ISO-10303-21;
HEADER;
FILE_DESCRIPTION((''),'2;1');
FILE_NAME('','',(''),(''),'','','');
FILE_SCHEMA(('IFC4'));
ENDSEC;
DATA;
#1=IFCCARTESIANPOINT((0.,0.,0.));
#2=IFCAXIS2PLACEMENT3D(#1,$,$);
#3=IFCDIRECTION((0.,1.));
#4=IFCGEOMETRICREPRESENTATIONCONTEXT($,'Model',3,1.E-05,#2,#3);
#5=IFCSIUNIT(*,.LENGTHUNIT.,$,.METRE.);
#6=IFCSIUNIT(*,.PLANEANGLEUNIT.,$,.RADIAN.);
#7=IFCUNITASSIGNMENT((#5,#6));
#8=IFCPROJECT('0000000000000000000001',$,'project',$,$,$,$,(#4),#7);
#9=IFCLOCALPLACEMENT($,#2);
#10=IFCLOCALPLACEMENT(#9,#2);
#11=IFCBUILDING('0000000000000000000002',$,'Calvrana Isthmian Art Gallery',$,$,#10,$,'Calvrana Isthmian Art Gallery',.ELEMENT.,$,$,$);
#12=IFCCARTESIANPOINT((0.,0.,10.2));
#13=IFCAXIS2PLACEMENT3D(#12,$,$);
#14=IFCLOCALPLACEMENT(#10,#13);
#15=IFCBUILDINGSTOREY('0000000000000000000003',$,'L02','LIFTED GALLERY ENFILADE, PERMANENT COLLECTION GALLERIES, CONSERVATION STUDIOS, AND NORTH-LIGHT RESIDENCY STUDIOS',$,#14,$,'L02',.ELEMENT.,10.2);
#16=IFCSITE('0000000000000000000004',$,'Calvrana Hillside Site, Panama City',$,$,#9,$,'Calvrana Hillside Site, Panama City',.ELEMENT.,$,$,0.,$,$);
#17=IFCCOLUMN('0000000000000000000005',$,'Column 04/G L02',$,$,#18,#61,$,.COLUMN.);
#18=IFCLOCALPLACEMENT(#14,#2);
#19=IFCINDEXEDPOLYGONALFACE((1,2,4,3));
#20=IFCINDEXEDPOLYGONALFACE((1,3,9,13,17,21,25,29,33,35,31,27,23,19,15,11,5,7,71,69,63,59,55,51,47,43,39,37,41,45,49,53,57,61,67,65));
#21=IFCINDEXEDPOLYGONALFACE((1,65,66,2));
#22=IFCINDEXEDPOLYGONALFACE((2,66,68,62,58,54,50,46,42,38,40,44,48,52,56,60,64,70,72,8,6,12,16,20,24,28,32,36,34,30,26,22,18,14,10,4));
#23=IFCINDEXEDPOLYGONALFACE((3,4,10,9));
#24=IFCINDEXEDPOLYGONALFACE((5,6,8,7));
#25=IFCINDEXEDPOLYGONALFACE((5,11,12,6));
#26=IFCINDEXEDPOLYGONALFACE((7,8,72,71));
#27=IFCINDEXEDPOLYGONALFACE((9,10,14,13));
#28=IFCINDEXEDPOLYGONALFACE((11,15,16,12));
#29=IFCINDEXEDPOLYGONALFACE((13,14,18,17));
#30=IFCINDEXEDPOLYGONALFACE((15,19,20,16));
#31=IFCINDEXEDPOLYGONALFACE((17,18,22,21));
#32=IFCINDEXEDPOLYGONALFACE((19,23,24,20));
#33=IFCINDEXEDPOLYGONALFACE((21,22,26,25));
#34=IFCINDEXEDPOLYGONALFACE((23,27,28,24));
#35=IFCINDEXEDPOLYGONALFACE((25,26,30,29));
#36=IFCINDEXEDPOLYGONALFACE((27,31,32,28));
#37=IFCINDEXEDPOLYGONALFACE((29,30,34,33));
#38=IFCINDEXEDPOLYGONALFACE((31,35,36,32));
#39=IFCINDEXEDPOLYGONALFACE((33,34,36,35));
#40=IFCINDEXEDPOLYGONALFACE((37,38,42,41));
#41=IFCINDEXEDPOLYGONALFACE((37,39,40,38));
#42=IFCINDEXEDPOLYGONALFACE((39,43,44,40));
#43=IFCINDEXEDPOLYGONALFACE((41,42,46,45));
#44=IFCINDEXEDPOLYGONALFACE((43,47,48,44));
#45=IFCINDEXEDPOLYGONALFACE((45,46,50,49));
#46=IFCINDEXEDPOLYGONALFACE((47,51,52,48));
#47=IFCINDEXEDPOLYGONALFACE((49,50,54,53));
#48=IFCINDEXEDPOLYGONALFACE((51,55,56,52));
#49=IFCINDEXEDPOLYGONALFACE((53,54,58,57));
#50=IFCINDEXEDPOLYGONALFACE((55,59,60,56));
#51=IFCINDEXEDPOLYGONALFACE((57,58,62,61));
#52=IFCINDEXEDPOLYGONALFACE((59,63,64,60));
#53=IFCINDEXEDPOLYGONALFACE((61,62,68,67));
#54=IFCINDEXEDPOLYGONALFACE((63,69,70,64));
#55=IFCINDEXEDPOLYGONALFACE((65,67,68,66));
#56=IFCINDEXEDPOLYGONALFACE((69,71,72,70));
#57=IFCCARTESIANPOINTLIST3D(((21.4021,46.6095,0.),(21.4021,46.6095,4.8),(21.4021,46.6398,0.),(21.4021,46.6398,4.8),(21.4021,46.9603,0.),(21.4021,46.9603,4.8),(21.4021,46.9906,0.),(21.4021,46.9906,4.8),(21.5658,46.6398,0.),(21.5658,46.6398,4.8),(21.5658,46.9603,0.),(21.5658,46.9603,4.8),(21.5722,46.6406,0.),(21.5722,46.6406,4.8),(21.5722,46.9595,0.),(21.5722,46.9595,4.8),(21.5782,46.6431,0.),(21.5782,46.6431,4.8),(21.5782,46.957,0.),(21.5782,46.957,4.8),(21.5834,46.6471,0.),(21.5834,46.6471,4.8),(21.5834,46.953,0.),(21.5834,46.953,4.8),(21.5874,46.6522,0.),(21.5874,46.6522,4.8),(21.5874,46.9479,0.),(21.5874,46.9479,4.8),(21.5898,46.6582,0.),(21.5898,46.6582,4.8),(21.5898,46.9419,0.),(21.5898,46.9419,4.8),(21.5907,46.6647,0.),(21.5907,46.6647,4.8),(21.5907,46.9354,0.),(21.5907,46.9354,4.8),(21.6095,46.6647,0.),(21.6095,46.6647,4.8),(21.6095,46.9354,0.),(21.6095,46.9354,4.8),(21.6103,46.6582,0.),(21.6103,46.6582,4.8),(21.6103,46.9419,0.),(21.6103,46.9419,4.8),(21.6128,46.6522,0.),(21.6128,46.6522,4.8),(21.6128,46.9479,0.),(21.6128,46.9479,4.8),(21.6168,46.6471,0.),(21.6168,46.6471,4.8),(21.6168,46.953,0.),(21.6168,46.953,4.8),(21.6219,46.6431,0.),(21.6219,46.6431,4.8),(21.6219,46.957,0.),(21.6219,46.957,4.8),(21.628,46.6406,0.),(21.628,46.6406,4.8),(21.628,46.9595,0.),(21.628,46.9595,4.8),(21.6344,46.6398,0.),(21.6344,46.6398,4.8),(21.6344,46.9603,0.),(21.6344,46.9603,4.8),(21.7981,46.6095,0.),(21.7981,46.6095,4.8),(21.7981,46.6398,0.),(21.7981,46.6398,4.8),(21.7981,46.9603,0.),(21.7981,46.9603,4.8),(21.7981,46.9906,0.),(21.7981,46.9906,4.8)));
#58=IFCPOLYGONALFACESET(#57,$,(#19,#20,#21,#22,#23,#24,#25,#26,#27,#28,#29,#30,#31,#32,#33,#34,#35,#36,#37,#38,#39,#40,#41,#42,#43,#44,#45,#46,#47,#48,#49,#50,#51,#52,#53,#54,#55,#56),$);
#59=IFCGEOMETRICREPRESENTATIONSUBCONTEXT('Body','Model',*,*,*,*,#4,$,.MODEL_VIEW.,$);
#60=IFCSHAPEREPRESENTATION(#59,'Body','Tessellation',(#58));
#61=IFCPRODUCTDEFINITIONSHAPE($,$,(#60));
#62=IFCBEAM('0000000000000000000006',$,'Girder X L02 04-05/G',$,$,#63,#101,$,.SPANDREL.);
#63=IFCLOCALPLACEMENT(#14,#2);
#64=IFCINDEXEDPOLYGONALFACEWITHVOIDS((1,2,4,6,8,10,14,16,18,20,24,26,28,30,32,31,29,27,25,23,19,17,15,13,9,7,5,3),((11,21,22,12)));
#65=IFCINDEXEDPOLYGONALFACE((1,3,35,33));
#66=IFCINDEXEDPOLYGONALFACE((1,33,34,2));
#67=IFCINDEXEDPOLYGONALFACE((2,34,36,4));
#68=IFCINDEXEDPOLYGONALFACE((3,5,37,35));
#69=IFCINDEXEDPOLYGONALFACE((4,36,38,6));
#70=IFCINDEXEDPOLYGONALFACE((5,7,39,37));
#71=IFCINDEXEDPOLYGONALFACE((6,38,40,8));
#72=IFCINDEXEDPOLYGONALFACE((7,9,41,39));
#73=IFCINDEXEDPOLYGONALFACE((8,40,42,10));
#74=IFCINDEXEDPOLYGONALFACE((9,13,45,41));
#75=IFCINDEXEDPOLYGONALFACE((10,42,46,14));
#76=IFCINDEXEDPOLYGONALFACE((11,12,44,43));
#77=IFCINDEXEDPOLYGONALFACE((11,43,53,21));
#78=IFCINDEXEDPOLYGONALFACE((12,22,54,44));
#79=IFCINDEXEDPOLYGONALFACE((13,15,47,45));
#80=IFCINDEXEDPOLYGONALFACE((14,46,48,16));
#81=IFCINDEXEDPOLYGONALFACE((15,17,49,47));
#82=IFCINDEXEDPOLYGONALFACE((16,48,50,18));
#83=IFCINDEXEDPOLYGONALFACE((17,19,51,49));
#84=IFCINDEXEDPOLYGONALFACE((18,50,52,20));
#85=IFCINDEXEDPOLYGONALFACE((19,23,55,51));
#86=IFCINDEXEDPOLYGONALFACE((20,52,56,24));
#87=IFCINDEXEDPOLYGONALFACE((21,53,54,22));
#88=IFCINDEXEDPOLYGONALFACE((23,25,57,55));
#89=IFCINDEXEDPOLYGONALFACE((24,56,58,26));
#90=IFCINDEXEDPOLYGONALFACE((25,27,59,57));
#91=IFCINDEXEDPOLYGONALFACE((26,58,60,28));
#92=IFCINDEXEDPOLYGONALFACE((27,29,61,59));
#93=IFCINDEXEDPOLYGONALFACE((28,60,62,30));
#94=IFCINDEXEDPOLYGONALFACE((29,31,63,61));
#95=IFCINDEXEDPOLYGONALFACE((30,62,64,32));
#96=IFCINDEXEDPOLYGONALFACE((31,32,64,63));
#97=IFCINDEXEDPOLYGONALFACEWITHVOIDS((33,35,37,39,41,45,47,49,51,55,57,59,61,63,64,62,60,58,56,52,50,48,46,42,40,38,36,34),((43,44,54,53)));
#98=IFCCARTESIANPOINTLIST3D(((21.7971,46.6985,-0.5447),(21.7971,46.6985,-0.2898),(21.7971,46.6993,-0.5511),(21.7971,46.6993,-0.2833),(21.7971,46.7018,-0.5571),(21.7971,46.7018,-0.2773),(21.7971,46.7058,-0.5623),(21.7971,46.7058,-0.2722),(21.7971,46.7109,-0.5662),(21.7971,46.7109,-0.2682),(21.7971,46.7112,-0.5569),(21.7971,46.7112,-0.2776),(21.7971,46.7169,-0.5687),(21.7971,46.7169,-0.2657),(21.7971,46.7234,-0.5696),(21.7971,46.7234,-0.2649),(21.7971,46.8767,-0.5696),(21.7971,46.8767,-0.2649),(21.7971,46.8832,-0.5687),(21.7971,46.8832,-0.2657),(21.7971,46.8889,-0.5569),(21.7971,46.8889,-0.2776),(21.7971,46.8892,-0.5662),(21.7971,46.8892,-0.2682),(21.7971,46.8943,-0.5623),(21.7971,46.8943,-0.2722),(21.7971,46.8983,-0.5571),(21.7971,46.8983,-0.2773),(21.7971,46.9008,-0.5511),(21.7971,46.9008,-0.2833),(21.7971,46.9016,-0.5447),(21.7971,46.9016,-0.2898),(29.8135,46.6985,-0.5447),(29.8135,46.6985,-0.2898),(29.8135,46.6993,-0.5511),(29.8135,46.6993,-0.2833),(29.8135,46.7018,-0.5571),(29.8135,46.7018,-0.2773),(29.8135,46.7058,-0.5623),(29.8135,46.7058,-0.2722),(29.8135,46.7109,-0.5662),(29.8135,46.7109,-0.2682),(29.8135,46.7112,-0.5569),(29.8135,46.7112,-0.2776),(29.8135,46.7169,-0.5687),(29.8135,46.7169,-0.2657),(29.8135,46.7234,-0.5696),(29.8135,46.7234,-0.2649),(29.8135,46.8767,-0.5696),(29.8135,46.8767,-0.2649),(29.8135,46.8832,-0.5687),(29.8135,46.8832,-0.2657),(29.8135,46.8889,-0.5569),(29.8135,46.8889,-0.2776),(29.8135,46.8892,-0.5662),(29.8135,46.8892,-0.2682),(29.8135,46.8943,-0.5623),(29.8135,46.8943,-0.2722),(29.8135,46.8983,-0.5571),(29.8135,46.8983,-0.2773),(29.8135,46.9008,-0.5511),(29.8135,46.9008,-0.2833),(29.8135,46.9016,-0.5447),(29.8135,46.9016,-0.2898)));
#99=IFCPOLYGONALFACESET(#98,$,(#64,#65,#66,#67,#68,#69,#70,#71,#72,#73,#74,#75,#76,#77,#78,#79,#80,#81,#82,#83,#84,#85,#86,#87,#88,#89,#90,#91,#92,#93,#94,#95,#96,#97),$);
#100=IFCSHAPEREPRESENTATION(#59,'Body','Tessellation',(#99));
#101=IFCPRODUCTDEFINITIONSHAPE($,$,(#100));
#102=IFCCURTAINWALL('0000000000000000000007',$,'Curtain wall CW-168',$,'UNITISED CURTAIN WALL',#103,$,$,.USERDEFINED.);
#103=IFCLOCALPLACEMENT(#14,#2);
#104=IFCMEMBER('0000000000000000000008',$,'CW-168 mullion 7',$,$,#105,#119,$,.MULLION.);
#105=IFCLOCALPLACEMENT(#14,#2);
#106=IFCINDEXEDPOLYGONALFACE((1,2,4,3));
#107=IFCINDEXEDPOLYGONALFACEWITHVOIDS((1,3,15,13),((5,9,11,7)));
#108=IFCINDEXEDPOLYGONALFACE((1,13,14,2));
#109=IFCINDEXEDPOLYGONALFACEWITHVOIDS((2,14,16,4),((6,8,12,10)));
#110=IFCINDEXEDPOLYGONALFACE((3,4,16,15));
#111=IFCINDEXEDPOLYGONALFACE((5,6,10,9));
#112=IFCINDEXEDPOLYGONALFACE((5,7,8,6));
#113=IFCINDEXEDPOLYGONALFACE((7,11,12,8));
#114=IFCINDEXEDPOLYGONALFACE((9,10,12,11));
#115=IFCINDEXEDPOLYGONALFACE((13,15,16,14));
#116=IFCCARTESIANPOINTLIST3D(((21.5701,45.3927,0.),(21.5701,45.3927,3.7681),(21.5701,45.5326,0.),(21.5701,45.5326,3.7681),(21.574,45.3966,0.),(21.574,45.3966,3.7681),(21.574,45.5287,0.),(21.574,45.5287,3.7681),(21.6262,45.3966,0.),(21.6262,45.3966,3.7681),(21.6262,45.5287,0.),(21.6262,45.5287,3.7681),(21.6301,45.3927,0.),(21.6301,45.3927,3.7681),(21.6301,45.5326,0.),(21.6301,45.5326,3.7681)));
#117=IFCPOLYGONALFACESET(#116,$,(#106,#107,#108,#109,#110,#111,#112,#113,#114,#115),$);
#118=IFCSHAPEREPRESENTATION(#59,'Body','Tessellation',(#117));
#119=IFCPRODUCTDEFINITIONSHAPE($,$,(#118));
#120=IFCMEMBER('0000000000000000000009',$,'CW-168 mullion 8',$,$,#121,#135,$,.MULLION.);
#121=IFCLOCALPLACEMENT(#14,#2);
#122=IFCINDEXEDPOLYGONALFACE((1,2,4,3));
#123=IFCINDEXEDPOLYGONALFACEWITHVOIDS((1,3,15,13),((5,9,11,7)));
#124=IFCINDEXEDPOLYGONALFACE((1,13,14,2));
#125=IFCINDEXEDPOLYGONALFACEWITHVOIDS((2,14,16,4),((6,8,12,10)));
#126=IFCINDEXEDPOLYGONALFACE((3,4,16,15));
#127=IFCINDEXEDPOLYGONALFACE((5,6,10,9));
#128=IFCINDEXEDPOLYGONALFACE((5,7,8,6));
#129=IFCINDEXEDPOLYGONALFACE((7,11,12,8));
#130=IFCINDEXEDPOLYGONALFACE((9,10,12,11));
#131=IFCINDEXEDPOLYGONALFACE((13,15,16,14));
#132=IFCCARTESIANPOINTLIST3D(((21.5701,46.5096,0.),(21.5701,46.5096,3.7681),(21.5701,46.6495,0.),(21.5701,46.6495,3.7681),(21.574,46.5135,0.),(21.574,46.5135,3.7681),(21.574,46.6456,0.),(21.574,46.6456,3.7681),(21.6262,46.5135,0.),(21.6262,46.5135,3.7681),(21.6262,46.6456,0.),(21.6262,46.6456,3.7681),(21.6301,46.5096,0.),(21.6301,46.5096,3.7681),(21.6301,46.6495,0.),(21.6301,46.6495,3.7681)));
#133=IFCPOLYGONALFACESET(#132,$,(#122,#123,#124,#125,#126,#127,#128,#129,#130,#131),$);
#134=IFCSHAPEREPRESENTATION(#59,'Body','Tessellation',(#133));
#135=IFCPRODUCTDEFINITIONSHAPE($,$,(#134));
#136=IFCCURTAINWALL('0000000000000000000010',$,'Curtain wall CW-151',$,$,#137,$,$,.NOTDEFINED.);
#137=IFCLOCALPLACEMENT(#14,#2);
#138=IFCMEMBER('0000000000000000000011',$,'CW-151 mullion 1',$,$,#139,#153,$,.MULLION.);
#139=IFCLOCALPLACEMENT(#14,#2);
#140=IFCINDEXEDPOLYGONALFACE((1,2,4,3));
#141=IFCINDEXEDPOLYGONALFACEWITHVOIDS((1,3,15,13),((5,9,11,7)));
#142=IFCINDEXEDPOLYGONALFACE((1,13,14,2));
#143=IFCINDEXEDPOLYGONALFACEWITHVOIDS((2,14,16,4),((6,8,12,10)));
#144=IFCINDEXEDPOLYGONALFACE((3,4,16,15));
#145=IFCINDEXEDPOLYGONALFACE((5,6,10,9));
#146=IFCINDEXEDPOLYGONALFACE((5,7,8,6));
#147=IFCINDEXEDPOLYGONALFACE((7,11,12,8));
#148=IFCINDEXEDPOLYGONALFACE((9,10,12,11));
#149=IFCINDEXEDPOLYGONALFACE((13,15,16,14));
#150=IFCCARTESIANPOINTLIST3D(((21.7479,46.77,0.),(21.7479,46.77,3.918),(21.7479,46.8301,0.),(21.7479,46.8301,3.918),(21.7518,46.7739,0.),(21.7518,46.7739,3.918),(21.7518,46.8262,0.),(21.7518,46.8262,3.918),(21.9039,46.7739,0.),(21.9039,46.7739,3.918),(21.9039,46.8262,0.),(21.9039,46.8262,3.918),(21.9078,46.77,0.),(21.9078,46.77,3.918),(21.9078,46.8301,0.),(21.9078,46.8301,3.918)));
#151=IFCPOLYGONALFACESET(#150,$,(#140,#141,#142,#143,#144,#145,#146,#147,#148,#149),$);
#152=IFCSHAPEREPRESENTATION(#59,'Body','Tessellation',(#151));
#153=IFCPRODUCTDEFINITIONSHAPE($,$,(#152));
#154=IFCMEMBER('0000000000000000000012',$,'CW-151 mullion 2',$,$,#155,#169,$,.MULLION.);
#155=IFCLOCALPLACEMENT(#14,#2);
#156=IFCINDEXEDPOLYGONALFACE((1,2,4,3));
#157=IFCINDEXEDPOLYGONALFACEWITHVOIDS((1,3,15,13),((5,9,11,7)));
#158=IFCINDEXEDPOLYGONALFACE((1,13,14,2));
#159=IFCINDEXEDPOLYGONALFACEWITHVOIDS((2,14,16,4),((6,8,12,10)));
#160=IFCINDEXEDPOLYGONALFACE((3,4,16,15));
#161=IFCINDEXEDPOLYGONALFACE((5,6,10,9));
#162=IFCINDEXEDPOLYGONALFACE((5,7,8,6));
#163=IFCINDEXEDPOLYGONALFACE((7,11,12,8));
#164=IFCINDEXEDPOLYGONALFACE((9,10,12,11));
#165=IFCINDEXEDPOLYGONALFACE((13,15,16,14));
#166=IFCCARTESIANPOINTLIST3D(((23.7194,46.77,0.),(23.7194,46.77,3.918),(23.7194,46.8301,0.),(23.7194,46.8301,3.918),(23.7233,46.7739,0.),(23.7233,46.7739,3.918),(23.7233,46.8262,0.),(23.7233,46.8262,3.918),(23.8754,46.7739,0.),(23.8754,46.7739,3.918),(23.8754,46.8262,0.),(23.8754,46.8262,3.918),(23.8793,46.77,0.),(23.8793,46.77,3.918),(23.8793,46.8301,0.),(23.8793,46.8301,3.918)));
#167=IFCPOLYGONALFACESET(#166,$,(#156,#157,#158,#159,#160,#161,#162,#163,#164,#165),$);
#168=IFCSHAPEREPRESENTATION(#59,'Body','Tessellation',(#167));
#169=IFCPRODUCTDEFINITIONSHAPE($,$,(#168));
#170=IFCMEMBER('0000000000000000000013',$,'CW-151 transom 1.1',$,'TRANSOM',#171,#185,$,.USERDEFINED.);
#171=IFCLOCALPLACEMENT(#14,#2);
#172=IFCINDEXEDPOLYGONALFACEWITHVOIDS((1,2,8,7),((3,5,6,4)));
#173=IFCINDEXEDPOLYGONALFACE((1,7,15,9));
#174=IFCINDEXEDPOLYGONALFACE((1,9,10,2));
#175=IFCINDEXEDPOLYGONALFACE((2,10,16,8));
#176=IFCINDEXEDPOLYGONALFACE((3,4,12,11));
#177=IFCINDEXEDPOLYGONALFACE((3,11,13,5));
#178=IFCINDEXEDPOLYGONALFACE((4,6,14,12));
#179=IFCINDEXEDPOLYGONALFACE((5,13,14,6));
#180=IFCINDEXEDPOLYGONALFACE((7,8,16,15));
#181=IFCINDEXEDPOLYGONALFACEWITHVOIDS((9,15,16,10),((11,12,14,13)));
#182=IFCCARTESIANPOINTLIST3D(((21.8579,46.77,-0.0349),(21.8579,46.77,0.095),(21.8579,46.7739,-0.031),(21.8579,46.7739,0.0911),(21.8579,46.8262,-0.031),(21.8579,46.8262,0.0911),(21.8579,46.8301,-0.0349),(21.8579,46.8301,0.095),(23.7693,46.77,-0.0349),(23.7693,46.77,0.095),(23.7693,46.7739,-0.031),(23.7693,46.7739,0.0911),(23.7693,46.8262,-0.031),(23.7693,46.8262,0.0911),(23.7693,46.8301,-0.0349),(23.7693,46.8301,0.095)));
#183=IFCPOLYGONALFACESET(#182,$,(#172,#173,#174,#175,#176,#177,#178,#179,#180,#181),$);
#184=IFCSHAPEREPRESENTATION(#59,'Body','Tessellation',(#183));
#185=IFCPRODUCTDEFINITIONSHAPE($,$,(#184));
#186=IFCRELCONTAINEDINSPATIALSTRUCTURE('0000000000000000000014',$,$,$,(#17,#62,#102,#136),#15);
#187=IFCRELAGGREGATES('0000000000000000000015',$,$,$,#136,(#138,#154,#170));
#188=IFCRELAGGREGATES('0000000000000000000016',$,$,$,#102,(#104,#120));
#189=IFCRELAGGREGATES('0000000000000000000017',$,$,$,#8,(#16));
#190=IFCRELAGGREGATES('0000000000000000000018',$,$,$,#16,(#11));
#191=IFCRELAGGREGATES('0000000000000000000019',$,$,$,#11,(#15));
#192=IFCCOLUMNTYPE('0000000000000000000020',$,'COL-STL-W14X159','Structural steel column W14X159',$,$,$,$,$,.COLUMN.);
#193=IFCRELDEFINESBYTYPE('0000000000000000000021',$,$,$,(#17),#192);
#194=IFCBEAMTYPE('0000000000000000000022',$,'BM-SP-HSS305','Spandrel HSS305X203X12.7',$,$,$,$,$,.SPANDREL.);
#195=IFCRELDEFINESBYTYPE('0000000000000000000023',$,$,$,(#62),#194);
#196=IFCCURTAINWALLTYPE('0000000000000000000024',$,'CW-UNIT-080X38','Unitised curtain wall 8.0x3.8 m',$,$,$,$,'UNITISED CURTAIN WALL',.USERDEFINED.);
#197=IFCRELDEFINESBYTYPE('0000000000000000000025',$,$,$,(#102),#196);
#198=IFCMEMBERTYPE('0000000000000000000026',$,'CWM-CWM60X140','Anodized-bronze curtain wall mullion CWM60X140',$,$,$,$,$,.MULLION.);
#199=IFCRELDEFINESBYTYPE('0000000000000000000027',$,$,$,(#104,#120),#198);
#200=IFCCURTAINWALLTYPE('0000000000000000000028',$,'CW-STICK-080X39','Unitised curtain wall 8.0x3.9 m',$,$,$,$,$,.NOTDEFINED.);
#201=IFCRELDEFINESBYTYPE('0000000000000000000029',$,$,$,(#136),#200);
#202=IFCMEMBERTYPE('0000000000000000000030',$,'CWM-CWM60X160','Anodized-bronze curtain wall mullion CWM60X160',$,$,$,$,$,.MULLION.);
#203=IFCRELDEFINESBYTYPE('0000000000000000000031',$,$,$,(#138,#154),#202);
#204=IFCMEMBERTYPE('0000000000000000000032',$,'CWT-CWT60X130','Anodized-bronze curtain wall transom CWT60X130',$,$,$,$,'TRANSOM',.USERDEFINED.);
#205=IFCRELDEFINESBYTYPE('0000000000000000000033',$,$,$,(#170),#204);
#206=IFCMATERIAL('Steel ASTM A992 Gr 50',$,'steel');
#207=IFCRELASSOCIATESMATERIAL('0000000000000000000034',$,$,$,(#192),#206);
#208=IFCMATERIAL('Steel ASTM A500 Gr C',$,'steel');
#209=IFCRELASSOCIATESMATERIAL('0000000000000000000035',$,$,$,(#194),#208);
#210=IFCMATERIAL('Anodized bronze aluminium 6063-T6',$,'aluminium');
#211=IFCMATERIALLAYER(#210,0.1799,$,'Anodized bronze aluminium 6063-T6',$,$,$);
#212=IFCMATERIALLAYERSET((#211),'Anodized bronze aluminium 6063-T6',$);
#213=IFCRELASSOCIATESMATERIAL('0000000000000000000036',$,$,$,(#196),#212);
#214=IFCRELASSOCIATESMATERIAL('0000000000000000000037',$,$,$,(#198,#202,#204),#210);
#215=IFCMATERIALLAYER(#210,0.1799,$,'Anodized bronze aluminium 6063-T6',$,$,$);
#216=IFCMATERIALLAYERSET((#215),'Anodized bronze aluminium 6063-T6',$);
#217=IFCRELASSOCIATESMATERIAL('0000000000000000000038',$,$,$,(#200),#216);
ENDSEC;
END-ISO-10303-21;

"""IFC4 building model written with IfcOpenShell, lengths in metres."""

from ifc_helpers import new_model, si_unit, direction, frame, origin, origin_2d, place, context, subcontext, project, spatial, hollow_rectangle, i_section, extrude, material, layer, layer_set, material_profile, profile_set, type_object, element, aggregate, save


model = new_model("IFC4")

# Units and contexts
model_context = context("Model", 3, precision=1e-05, world=origin(), true_north=direction((0.0, 1.0)))
body_context = subcontext(model_context, "Body", "Model", "MODEL_VIEW")
ifc_project = project(units=[si_unit("LENGTHUNIT", "METRE"), si_unit("PLANEANGLEUNIT", "RADIAN")], contexts=[model_context])

# Site, building, storey
site_placement = place(None, origin())
site = spatial("IfcSite", under=ifc_project, at=site_placement, Name="Calvrana Hillside Site, Panama City", LongName="Calvrana Hillside Site, Panama City", CompositionType="ELEMENT", RefElevation=0.0)
building_placement = place(site_placement, origin())
building = spatial("IfcBuilding", under=site, at=building_placement, Name="Calvrana Isthmian Art Gallery", LongName="Calvrana Isthmian Art Gallery", CompositionType="ELEMENT")
storey_placement = place(building_placement, frame((0.0, 0.0, 10.2)))
storey = spatial("IfcBuildingStorey", under=building, at=storey_placement, Name="L02", Description="LIFTED GALLERY ENFILADE, PERMANENT COLLECTION GALLERIES, CONSERVATION STUDIOS, AND NORTH-LIGHT RESIDENCY STUDIOS", LongName="L02", CompositionType="ELEMENT", Elevation=10.2)

# Column
ifc_material_1 = material(Name="Steel ASTM A992 Gr 50", Category="steel")
ifc_material_profile_1 = material_profile(ifc_material_1, i_section(OverallWidth=0.396, OverallDepth=0.3811, WebThickness=0.0188, FlangeThickness=0.0303, FilletRadius=0.0249, at=origin_2d()), Name="W14X159")
ifc_profile_set_1 = profile_set([ifc_material_profile_1], Name="Steel ASTM A992 Gr 50")
column_type = type_object("IfcColumnType", Name="COL-STL-W14X159", Description="Structural steel column W14X159", PredefinedType="COLUMN", material=ifc_profile_set_1)
column_placement = place(storey_placement, frame((21.6001, 46.8, 0.0), z_axis=(0.0, 0.0, 1.0), x_axis=(1.0, 0.0, 0.0)))
element("IfcColumn", 1, at=column_placement, inside=storey, type_object=column_type, Name="Column 04/G L02", PredefinedType="COLUMN", context=body_context, shape_type="SweptSolid", body=[
    extrude(i_section(OverallWidth=0.396, OverallDepth=0.3811, WebThickness=0.0188, FlangeThickness=0.0303, FilletRadius=0.0249, at=origin_2d()), origin(), (0.0, 0.0, 1.0), 4.8),
])

# Beam
ifc_material_2 = material(Name="Steel ASTM A500 Gr C", Category="steel")
ifc_material_profile_2 = material_profile(ifc_material_2, hollow_rectangle(XDim=0.2031, YDim=0.3047, WallThickness=0.0127, OuterFilletRadius=0.0249, at=origin_2d()), Name="HSS305X203X12.7")
ifc_profile_set_2 = profile_set([ifc_material_profile_2], Name="Steel ASTM A500 Gr C")
beam_type = type_object("IfcBeamType", Name="BM-SP-HSS305", Description="Spandrel HSS305X203X12.7", PredefinedType="SPANDREL", material=ifc_profile_set_2)
beam_placement = place(storey_placement, frame((21.7971, 46.8, -0.4172), z_axis=(1.0, 0.0, 0.0), x_axis=(0.0, 1.0, 0.0)))
element("IfcBeam", 2, at=beam_placement, inside=storey, type_object=beam_type, Name="Girder X L02 04-05/G", PredefinedType="SPANDREL", context=body_context, shape_type="SweptSolid", body=[
    extrude(hollow_rectangle(XDim=0.2031, YDim=0.3047, WallThickness=0.0127, OuterFilletRadius=0.0249, at=origin_2d()), origin(), (0.0, 0.0, 1.0), 8.0164),
])

# Curtain walls, members
ifc_material_3 = material(Name="Anodized bronze aluminium 6063-T6", Category="aluminium")
ifc_layer_1 = layer(ifc_material_3, 0.1799, Name="Anodized bronze aluminium 6063-T6")
ifc_layer_set_1 = layer_set([ifc_layer_1], Name="Anodized bronze aluminium 6063-T6")
curtain_wall_type_1 = type_object("IfcCurtainWallType", Name="CW-UNIT-080X38", Description="Unitised curtain wall 8.0x3.8 m", ElementType="UNITISED CURTAIN WALL", PredefinedType="USERDEFINED", material=ifc_layer_set_1)
curtain_wall_1_placement = place(storey_placement, origin())
curtain_wall_1 = element("IfcCurtainWall", 3, at=curtain_wall_1_placement, inside=storey, type_object=curtain_wall_type_1, Name="Curtain wall CW-168", ObjectType="UNITISED CURTAIN WALL", PredefinedType="USERDEFINED")
ifc_material_profile_3 = material_profile(ifc_material_3, hollow_rectangle(XDim=0.0601, YDim=0.1399, WallThickness=0.0039, at=origin_2d()), Name="CWM60X140")
ifc_profile_set_3 = profile_set([ifc_material_profile_3], Name="Anodized bronze aluminium 6063-T6")
member_type_1 = type_object("IfcMemberType", Name="CWM-CWM60X140", Description="Anodized-bronze curtain wall mullion CWM60X140", PredefinedType="MULLION", material=ifc_profile_set_3)
member_1_placement = place(storey_placement, frame((21.6001, 45.4626, 0.0), z_axis=(0.0, 0.0, 1.0), x_axis=(-1.0, 0.0, 0.0)))
member_1 = element("IfcMember", 4, at=member_1_placement, type_object=member_type_1, Name="CW-168 mullion 7", PredefinedType="MULLION", context=body_context, shape_type="SweptSolid", body=[
    extrude(hollow_rectangle(XDim=0.0601, YDim=0.1399, WallThickness=0.0039, at=origin_2d()), origin(), (0.0, 0.0, 1.0), 3.7681),
])
member_2_placement = place(storey_placement, frame((21.6001, 46.5796, 0.0), z_axis=(0.0, 0.0, 1.0), x_axis=(-1.0, 0.0, 0.0)))
member_2 = element("IfcMember", 5, at=member_2_placement, type_object=member_type_1, Name="CW-168 mullion 8", PredefinedType="MULLION", context=body_context, shape_type="SweptSolid", body=[
    extrude(hollow_rectangle(XDim=0.0601, YDim=0.1399, WallThickness=0.0039, at=origin_2d()), origin(), (0.0, 0.0, 1.0), 3.7681),
])
ifc_layer_2 = layer(ifc_material_3, 0.1799, Name="Anodized bronze aluminium 6063-T6")
ifc_layer_set_2 = layer_set([ifc_layer_2], Name="Anodized bronze aluminium 6063-T6")
curtain_wall_type_2 = type_object("IfcCurtainWallType", Name="CW-STICK-080X39", Description="Unitised curtain wall 8.0x3.9 m", PredefinedType="NOTDEFINED", material=ifc_layer_set_2)
curtain_wall_2_placement = place(storey_placement, origin())
curtain_wall_2 = element("IfcCurtainWall", 6, at=curtain_wall_2_placement, inside=storey, type_object=curtain_wall_type_2, Name="Curtain wall CW-151", PredefinedType="NOTDEFINED")
ifc_material_profile_4 = material_profile(ifc_material_3, hollow_rectangle(XDim=0.0601, YDim=0.1599, WallThickness=0.0039, at=origin_2d()), Name="CWM60X160")
ifc_profile_set_4 = profile_set([ifc_material_profile_4], Name="Anodized bronze aluminium 6063-T6")
member_type_2 = type_object("IfcMemberType", Name="CWM-CWM60X160", Description="Anodized-bronze curtain wall mullion CWM60X160", PredefinedType="MULLION", material=ifc_profile_set_4)
member_3_placement = place(storey_placement, frame((21.8279, 46.8, 0.0), z_axis=(0.0, 0.0, 1.0), x_axis=(0.0, 1.0, 0.0)))
member_3 = element("IfcMember", 7, at=member_3_placement, type_object=member_type_2, Name="CW-151 mullion 1", PredefinedType="MULLION", context=body_context, shape_type="SweptSolid", body=[
    extrude(hollow_rectangle(XDim=0.0601, YDim=0.1599, WallThickness=0.0039, at=origin_2d()), origin(), (0.0, 0.0, 1.0), 3.918),
])
member_4_placement = place(storey_placement, frame((23.7993, 46.8, 0.0), z_axis=(0.0, 0.0, 1.0), x_axis=(0.0, 1.0, 0.0)))
member_4 = element("IfcMember", 8, at=member_4_placement, type_object=member_type_2, Name="CW-151 mullion 2", PredefinedType="MULLION", context=body_context, shape_type="SweptSolid", body=[
    extrude(hollow_rectangle(XDim=0.0601, YDim=0.1599, WallThickness=0.0039, at=origin_2d()), origin(), (0.0, 0.0, 1.0), 3.918),
])
ifc_material_profile_5 = material_profile(ifc_material_3, hollow_rectangle(XDim=0.0601, YDim=0.1299, WallThickness=0.0039, at=origin_2d()), Name="CWT60X130")
ifc_profile_set_5 = profile_set([ifc_material_profile_5], Name="Anodized bronze aluminium 6063-T6")
member_type_3 = type_object("IfcMemberType", Name="CWT-CWT60X130", Description="Anodized-bronze curtain wall transom CWT60X130", ElementType="TRANSOM", PredefinedType="USERDEFINED", material=ifc_profile_set_5)
member_5_placement = place(storey_placement, frame((21.8579, 46.8, 0.03), z_axis=(1.0, 0.0, 0.0), x_axis=(0.0, 1.0, 0.0)))
member_5 = element("IfcMember", 9, at=member_5_placement, type_object=member_type_3, Name="CW-151 transom 1.1", ObjectType="TRANSOM", PredefinedType="USERDEFINED", context=body_context, shape_type="SweptSolid", body=[
    extrude(hollow_rectangle(XDim=0.0601, YDim=0.1299, WallThickness=0.0039, at=origin_2d()), origin(), (0.0, 0.0, 1.0), 1.9114),
])

aggregate(curtain_wall_2, [member_3, member_4, member_5])
aggregate(curtain_wall_1, [member_1, member_2])

save(model, "model.ifc")
